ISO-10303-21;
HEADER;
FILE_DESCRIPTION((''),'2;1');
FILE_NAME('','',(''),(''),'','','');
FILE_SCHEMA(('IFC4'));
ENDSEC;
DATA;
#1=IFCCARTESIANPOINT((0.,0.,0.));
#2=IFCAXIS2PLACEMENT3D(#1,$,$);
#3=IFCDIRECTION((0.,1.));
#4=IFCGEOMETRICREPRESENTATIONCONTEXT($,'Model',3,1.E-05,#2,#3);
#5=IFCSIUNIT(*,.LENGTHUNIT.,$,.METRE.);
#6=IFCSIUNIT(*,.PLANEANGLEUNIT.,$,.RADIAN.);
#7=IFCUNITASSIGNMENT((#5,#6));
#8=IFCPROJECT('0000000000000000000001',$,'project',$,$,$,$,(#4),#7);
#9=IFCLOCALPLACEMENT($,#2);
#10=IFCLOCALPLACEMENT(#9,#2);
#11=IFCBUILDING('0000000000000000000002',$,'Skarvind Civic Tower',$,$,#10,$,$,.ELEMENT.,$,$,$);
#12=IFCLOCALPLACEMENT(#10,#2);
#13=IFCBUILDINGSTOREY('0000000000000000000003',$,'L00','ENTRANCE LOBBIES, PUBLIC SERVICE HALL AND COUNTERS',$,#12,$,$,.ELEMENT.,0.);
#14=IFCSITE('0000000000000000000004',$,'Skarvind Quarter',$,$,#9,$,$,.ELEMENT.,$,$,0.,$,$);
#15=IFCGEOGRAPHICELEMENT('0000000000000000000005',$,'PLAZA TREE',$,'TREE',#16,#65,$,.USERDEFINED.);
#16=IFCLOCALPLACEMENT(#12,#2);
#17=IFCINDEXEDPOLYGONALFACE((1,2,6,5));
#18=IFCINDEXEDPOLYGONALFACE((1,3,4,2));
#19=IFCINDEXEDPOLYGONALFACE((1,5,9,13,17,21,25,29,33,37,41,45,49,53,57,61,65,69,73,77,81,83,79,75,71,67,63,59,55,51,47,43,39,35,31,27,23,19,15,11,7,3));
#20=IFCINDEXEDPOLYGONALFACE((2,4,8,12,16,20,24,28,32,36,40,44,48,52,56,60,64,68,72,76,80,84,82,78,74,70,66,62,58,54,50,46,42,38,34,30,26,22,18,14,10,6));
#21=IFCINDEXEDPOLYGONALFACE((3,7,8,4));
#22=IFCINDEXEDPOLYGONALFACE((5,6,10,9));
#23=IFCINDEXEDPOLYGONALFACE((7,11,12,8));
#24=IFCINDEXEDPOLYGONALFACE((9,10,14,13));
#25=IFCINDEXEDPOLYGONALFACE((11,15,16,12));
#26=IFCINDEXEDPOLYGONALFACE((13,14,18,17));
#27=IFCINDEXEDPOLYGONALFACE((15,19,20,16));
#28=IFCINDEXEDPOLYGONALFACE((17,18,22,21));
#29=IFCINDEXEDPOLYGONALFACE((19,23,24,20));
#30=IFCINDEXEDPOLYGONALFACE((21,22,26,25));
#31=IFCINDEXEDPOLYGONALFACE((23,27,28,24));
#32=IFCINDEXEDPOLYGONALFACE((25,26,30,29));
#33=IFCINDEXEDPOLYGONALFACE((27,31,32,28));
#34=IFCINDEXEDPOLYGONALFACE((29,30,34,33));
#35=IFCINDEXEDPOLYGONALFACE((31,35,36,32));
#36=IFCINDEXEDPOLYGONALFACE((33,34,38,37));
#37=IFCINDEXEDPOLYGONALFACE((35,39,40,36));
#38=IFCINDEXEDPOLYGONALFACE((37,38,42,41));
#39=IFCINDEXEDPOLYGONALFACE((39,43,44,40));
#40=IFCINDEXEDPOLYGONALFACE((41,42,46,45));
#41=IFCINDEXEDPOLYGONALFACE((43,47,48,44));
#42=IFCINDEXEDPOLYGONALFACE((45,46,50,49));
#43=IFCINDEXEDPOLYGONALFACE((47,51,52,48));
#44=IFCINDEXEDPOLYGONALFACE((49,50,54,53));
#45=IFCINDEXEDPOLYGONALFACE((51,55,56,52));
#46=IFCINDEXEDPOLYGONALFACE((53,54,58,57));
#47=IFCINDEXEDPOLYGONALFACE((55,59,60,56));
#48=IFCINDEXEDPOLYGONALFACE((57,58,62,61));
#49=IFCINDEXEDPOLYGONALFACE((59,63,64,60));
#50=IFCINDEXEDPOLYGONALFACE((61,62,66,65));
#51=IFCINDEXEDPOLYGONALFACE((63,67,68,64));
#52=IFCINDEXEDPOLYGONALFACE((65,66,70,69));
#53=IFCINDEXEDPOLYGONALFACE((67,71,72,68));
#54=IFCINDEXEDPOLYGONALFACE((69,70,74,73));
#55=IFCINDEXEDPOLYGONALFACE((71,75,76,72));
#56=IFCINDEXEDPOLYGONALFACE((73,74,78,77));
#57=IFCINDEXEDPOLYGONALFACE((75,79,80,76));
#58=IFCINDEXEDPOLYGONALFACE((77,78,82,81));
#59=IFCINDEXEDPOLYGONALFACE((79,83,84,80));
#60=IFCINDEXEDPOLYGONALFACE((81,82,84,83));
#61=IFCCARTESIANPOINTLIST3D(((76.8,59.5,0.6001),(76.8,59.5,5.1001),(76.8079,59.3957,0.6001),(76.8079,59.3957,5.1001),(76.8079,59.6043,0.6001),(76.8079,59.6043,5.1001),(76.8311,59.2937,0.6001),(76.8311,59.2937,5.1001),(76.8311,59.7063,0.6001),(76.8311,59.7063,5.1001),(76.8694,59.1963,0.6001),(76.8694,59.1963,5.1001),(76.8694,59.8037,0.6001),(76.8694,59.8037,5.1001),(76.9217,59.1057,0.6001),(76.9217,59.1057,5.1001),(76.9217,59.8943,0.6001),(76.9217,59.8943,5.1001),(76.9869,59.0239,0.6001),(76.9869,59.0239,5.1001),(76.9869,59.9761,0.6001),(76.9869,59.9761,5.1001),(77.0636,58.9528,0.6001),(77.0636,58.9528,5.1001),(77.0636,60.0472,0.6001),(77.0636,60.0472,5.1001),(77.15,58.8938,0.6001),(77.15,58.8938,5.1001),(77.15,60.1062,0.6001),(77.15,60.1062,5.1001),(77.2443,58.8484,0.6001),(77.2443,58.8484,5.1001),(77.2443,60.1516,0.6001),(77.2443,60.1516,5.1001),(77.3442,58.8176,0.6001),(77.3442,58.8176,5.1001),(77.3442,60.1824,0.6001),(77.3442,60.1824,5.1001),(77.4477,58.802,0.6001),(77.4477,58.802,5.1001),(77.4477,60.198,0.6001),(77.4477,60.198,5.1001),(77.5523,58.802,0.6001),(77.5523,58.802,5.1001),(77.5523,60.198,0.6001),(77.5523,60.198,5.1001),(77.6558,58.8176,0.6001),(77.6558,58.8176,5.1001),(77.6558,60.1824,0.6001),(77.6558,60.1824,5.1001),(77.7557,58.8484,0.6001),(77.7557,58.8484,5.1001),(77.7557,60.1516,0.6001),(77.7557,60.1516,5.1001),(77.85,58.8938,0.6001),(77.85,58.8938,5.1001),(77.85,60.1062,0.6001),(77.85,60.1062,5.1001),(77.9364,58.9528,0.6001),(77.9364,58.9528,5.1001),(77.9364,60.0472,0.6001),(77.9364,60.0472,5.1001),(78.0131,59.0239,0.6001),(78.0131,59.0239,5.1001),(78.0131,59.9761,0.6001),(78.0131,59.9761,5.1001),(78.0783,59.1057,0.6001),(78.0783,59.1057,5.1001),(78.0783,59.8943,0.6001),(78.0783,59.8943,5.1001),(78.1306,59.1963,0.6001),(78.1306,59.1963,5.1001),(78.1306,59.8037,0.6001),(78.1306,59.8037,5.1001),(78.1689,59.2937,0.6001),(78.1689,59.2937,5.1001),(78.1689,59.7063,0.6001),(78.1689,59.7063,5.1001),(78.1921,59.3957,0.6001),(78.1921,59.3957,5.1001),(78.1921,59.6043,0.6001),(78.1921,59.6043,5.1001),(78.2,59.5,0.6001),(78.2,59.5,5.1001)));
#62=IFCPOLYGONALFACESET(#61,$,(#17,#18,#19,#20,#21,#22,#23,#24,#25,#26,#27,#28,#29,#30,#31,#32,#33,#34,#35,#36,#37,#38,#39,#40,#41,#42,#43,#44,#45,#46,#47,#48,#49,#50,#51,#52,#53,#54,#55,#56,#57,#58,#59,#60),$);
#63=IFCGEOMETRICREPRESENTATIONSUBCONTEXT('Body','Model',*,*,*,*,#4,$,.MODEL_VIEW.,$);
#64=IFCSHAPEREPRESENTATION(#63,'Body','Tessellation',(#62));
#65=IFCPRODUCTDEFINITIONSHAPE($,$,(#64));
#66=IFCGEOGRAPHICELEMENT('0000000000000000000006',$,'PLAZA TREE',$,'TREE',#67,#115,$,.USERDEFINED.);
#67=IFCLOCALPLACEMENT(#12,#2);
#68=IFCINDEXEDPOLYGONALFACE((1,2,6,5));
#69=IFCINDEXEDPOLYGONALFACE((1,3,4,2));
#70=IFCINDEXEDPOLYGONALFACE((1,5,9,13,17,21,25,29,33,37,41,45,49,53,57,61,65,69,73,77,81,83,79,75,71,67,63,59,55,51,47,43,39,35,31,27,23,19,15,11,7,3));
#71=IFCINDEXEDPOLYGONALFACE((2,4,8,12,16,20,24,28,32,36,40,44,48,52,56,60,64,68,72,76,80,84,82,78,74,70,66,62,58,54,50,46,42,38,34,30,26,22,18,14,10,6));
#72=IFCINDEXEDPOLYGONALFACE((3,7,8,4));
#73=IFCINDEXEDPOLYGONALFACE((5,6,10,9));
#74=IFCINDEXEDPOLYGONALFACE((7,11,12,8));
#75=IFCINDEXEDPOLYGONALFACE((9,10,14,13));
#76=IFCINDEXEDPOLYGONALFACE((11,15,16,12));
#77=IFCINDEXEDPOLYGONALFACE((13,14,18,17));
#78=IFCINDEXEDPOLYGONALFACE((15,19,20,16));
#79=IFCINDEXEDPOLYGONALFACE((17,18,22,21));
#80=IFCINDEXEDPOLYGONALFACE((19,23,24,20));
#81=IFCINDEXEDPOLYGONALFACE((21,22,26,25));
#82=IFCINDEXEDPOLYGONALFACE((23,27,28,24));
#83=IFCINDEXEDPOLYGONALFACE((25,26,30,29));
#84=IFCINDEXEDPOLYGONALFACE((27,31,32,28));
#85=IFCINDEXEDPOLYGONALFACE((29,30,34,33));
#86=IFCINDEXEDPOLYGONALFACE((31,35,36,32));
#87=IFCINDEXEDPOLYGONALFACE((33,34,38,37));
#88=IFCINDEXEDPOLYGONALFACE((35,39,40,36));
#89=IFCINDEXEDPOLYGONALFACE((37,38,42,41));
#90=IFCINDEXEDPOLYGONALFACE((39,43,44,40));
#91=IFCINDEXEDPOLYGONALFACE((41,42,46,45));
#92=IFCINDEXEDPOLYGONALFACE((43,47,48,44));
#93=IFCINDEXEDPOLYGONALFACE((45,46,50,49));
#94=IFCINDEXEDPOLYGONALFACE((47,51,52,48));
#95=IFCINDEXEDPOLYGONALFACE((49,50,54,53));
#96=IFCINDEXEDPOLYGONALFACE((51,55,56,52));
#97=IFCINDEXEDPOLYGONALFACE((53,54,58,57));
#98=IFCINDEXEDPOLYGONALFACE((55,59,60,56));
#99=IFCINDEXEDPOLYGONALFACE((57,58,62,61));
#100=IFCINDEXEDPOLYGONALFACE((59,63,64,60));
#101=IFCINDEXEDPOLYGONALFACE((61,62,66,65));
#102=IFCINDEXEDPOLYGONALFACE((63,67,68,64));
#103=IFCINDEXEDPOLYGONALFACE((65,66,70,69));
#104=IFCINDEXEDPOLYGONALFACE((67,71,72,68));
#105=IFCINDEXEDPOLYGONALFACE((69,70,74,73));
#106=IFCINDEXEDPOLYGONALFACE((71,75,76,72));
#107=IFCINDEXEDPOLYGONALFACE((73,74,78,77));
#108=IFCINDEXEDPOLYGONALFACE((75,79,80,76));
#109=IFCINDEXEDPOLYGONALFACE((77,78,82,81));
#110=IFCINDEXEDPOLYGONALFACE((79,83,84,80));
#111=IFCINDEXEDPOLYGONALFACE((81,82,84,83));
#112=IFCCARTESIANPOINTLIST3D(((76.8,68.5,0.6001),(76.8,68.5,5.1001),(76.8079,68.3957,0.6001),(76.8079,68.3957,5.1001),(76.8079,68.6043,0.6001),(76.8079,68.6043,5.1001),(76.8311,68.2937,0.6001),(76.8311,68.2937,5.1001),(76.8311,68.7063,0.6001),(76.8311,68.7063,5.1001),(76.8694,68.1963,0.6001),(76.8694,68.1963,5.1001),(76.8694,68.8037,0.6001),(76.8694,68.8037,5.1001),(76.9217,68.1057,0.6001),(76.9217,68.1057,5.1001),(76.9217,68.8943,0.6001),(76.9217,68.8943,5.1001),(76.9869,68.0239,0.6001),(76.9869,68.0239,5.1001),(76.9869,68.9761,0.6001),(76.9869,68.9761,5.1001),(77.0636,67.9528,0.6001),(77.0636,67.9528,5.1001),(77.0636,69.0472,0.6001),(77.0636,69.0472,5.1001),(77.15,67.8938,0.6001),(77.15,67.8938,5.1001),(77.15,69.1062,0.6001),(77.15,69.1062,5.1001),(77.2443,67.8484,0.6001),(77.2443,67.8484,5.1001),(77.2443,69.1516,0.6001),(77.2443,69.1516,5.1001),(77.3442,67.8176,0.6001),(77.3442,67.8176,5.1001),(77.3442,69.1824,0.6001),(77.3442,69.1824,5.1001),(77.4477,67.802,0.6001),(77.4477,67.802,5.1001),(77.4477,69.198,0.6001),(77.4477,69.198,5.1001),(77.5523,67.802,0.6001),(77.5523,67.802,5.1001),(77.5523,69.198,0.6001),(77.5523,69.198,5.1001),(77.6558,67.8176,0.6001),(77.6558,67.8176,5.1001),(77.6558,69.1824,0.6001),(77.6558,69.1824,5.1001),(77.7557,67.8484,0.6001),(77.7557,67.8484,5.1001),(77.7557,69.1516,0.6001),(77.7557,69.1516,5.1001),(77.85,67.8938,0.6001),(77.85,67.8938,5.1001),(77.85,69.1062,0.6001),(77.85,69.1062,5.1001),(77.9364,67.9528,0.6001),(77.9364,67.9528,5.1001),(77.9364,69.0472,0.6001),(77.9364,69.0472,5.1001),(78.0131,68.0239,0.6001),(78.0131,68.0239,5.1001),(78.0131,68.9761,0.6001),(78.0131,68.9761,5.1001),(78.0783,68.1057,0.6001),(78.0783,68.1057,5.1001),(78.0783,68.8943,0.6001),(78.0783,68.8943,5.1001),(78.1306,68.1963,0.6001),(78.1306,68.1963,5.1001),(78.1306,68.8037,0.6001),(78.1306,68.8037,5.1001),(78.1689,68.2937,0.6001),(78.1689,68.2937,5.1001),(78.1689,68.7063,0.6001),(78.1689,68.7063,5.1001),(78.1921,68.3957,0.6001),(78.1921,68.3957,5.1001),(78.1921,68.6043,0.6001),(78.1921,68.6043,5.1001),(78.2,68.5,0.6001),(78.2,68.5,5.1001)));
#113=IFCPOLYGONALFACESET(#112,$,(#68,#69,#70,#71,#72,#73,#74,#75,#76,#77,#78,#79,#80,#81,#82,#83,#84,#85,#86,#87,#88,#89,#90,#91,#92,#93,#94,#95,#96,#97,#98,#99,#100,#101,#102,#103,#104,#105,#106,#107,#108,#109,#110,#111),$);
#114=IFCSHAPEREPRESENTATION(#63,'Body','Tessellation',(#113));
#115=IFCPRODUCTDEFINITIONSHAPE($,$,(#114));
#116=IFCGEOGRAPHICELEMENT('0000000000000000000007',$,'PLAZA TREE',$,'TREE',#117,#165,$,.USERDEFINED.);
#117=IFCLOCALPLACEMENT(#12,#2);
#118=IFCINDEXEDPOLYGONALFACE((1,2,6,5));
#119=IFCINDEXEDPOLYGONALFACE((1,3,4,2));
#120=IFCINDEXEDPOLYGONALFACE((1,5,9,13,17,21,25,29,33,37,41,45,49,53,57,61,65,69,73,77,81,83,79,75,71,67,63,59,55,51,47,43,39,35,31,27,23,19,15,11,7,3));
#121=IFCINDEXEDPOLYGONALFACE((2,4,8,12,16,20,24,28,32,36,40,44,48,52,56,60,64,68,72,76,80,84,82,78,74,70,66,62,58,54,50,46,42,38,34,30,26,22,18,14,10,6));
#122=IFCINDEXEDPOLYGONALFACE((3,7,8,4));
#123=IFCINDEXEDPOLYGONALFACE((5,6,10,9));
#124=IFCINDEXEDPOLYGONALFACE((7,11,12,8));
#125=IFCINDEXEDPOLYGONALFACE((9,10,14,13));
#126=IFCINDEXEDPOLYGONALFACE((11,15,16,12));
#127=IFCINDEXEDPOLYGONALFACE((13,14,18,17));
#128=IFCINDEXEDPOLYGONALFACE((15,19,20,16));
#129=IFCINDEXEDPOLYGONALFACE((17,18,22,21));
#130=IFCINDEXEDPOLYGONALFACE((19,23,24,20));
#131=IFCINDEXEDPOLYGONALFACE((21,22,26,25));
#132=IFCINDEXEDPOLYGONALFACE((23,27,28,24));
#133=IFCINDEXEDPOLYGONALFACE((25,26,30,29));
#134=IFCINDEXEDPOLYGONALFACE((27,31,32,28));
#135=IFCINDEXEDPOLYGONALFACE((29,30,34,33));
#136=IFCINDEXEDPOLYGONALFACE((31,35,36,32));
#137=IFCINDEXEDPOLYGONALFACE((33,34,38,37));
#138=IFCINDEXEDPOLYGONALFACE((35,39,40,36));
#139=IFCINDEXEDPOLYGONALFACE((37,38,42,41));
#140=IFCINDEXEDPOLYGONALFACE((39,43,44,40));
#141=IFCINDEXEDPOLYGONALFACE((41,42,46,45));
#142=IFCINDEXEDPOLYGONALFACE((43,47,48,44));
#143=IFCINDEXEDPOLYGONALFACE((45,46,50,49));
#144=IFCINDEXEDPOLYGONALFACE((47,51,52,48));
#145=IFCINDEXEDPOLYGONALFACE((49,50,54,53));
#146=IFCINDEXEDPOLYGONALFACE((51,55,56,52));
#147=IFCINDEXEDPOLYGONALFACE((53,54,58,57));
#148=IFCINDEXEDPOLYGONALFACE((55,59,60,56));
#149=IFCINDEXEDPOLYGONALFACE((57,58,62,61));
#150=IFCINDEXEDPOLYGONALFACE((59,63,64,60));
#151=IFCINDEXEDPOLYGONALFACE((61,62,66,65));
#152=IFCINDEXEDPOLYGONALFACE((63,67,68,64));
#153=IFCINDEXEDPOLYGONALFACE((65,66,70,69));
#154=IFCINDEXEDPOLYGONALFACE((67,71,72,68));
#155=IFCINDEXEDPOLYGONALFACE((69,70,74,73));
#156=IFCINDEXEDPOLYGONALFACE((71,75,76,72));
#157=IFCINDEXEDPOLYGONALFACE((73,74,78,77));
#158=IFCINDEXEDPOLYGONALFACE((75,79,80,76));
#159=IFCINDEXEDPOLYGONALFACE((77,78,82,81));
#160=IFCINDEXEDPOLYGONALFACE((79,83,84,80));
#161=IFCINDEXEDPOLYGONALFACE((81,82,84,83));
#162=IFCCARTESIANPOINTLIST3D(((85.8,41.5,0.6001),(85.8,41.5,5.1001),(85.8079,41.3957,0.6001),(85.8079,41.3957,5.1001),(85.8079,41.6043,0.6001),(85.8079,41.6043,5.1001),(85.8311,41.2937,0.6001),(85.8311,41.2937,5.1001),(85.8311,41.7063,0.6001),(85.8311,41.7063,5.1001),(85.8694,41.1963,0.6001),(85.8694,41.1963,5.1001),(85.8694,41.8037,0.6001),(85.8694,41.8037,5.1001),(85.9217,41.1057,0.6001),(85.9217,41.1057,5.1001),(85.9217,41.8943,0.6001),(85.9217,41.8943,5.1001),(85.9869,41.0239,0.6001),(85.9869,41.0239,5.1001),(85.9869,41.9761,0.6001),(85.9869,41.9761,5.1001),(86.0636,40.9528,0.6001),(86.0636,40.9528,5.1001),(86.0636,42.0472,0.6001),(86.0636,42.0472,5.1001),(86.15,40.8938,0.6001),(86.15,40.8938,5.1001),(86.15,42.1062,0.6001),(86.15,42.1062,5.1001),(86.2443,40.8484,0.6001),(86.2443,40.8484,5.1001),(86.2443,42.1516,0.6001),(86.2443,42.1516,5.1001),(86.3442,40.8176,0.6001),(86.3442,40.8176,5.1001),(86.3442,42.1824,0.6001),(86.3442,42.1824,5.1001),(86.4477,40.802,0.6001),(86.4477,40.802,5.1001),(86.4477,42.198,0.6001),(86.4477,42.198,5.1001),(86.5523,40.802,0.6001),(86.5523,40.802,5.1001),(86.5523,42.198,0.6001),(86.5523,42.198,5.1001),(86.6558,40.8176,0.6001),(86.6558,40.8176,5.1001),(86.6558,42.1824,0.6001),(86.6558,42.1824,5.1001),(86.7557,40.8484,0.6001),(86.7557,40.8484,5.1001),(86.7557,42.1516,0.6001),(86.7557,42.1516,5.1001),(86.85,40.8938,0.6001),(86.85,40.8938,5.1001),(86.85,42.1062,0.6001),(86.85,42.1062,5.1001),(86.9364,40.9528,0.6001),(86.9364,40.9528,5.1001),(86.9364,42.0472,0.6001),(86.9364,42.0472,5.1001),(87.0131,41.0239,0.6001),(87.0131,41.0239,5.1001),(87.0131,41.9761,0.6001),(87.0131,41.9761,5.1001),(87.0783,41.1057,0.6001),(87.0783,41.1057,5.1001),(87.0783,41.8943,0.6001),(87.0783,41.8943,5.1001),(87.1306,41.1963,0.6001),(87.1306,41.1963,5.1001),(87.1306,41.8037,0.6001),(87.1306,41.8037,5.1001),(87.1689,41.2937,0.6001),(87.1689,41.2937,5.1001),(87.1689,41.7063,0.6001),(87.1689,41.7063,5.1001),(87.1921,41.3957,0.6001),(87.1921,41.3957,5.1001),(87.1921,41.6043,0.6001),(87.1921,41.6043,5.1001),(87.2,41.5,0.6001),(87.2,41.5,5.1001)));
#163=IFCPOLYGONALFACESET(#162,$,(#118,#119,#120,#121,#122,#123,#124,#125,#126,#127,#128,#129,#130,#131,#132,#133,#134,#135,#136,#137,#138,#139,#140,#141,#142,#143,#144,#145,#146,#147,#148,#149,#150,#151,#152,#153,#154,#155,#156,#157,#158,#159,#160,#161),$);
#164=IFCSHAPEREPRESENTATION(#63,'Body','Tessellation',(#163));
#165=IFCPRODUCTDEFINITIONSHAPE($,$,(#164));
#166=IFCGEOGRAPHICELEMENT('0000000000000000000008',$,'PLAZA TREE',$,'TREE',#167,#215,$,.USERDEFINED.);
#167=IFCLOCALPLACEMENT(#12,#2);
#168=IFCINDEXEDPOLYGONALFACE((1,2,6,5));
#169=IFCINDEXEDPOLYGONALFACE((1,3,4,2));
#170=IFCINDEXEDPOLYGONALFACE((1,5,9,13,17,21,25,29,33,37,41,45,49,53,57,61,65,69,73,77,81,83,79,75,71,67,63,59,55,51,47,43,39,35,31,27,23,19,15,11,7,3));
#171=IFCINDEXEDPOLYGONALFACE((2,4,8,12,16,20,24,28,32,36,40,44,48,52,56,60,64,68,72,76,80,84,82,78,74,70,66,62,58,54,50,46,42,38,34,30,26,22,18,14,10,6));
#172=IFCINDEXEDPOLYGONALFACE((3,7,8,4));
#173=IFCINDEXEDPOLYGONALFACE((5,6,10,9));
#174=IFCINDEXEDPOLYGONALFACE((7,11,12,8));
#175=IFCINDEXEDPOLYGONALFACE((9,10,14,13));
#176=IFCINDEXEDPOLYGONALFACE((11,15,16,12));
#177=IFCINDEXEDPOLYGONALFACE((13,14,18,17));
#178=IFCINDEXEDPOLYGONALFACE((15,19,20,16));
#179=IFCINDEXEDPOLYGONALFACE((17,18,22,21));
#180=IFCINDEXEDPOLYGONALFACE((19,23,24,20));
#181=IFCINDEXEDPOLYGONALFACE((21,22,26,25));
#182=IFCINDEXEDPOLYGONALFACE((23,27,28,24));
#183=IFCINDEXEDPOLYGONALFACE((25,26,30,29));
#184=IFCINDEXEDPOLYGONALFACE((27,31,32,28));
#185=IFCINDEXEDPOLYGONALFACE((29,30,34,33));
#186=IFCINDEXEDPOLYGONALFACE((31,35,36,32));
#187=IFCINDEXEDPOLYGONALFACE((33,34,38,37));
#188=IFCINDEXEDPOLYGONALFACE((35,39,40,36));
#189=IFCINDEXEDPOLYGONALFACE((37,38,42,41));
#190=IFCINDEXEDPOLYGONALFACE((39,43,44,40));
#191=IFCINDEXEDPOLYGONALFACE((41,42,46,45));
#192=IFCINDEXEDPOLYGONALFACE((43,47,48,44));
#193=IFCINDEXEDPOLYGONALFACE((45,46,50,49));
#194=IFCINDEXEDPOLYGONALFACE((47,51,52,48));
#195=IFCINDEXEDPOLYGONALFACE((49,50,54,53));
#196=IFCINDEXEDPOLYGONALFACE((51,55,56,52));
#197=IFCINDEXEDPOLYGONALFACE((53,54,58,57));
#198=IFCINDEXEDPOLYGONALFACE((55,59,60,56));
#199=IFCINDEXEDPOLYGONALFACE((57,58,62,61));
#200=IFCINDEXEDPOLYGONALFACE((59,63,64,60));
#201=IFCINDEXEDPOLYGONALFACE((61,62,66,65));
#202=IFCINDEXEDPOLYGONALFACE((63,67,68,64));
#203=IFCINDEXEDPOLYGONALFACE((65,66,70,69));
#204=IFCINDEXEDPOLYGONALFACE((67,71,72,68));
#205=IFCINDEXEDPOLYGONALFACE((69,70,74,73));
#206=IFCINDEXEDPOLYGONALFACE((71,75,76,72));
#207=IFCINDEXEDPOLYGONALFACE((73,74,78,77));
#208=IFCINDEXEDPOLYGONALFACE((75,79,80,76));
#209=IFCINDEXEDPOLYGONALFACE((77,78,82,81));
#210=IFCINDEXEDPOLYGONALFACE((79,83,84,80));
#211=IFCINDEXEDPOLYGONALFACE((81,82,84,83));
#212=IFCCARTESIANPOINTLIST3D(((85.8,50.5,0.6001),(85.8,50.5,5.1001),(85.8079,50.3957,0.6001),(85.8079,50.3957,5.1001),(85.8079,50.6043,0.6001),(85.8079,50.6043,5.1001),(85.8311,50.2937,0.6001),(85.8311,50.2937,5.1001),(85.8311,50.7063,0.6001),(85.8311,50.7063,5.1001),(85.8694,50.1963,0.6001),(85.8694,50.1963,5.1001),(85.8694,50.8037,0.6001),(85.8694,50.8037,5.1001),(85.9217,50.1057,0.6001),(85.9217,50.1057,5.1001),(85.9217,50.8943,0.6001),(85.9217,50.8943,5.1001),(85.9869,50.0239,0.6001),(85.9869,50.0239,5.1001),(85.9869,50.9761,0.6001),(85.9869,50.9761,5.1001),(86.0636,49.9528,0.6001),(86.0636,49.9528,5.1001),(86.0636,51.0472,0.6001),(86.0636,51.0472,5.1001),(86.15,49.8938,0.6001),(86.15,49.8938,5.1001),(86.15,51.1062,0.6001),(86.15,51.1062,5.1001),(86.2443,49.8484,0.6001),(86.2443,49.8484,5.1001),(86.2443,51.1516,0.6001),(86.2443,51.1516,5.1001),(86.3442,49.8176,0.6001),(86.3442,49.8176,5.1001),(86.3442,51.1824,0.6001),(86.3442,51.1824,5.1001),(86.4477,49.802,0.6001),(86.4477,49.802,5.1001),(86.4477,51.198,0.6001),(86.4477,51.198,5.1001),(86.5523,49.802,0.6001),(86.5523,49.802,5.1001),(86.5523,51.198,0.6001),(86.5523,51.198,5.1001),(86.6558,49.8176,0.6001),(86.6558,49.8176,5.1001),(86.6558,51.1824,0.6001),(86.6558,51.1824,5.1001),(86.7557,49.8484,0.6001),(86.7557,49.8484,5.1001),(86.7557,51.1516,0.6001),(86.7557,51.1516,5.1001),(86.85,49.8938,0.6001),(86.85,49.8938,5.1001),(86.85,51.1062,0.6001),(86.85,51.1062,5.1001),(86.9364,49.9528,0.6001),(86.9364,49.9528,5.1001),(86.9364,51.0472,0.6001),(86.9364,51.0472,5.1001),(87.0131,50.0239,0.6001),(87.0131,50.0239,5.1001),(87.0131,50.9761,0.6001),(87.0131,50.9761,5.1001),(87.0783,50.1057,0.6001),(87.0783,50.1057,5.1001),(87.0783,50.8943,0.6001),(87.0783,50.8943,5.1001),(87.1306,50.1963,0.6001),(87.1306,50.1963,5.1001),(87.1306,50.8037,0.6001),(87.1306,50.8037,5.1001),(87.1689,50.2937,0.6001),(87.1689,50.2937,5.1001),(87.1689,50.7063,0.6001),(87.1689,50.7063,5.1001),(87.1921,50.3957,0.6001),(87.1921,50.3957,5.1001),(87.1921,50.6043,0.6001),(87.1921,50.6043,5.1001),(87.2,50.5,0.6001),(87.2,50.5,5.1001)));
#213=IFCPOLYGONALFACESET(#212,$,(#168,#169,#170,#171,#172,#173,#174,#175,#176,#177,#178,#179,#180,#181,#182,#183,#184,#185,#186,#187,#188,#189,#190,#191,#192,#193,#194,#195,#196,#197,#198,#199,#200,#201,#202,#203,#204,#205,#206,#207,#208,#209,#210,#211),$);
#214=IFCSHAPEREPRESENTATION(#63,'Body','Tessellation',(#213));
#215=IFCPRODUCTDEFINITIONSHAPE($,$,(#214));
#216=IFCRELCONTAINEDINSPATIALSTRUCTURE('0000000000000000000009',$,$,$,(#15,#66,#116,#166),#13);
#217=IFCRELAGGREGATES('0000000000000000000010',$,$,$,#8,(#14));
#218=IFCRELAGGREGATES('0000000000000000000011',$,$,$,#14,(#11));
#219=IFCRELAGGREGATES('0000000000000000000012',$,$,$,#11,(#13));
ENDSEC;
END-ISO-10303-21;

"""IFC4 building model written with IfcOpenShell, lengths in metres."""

from ifc_helpers import new_model, si_unit, direction, frame, origin, origin_2d, place, context, subcontext, project, spatial, circle, extrude, element, save


model = new_model("IFC4")

# Units and contexts
model_context = context("Model", 3, precision=1e-05, world=origin(), true_north=direction((0.0, 1.0)))
body_context = subcontext(model_context, "Body", "Model", "MODEL_VIEW")
ifc_project = project(units=[si_unit("LENGTHUNIT", "METRE"), si_unit("PLANEANGLEUNIT", "RADIAN")], contexts=[model_context])

# Site, building, storey
site_placement = place(None, origin())
site = spatial("IfcSite", under=ifc_project, at=site_placement, Name="Skarvind Quarter", CompositionType="ELEMENT", RefElevation=0.0)
building_placement = place(site_placement, origin())
building = spatial("IfcBuilding", under=site, at=building_placement, Name="Skarvind Civic Tower", CompositionType="ELEMENT")
storey_placement = place(building_placement, origin())
storey = spatial("IfcBuildingStorey", under=building, at=storey_placement, Name="L00", Description="ENTRANCE LOBBIES, PUBLIC SERVICE HALL AND COUNTERS", CompositionType="ELEMENT", Elevation=0.0)

# Geographic elements
for number, where, z_axis, x_axis, name in (
    (1, (77.5, 59.5, 0.6001), (0.0, 0.0, 1.0), (1.0, 0.0, 0.0), "PLAZA TREE"),
    (2, (77.5, 68.5, 0.6001), (0.0, 0.0, 1.0), (1.0, 0.0, 0.0), "PLAZA TREE"),
    (3, (86.5, 41.5, 0.6001), (0.0, 0.0, 1.0), (1.0, 0.0, 0.0), "PLAZA TREE"),
    (4, (86.5, 50.5, 0.6001), (0.0, 0.0, 1.0), (1.0, 0.0, 0.0), "PLAZA TREE"),
):
    element("IfcGeographicElement", number, at=place(storey_placement, frame(where, z_axis=z_axis, x_axis=x_axis)), inside=storey, Name=name, ObjectType="TREE", PredefinedType="USERDEFINED", context=body_context, shape_type="SweptSolid", body=[
        extrude(circle(Radius=0.7, at=origin_2d()), origin(), (0.0, 0.0, 1.0), 4.5),
    ])

save(model, "model.ifc")
